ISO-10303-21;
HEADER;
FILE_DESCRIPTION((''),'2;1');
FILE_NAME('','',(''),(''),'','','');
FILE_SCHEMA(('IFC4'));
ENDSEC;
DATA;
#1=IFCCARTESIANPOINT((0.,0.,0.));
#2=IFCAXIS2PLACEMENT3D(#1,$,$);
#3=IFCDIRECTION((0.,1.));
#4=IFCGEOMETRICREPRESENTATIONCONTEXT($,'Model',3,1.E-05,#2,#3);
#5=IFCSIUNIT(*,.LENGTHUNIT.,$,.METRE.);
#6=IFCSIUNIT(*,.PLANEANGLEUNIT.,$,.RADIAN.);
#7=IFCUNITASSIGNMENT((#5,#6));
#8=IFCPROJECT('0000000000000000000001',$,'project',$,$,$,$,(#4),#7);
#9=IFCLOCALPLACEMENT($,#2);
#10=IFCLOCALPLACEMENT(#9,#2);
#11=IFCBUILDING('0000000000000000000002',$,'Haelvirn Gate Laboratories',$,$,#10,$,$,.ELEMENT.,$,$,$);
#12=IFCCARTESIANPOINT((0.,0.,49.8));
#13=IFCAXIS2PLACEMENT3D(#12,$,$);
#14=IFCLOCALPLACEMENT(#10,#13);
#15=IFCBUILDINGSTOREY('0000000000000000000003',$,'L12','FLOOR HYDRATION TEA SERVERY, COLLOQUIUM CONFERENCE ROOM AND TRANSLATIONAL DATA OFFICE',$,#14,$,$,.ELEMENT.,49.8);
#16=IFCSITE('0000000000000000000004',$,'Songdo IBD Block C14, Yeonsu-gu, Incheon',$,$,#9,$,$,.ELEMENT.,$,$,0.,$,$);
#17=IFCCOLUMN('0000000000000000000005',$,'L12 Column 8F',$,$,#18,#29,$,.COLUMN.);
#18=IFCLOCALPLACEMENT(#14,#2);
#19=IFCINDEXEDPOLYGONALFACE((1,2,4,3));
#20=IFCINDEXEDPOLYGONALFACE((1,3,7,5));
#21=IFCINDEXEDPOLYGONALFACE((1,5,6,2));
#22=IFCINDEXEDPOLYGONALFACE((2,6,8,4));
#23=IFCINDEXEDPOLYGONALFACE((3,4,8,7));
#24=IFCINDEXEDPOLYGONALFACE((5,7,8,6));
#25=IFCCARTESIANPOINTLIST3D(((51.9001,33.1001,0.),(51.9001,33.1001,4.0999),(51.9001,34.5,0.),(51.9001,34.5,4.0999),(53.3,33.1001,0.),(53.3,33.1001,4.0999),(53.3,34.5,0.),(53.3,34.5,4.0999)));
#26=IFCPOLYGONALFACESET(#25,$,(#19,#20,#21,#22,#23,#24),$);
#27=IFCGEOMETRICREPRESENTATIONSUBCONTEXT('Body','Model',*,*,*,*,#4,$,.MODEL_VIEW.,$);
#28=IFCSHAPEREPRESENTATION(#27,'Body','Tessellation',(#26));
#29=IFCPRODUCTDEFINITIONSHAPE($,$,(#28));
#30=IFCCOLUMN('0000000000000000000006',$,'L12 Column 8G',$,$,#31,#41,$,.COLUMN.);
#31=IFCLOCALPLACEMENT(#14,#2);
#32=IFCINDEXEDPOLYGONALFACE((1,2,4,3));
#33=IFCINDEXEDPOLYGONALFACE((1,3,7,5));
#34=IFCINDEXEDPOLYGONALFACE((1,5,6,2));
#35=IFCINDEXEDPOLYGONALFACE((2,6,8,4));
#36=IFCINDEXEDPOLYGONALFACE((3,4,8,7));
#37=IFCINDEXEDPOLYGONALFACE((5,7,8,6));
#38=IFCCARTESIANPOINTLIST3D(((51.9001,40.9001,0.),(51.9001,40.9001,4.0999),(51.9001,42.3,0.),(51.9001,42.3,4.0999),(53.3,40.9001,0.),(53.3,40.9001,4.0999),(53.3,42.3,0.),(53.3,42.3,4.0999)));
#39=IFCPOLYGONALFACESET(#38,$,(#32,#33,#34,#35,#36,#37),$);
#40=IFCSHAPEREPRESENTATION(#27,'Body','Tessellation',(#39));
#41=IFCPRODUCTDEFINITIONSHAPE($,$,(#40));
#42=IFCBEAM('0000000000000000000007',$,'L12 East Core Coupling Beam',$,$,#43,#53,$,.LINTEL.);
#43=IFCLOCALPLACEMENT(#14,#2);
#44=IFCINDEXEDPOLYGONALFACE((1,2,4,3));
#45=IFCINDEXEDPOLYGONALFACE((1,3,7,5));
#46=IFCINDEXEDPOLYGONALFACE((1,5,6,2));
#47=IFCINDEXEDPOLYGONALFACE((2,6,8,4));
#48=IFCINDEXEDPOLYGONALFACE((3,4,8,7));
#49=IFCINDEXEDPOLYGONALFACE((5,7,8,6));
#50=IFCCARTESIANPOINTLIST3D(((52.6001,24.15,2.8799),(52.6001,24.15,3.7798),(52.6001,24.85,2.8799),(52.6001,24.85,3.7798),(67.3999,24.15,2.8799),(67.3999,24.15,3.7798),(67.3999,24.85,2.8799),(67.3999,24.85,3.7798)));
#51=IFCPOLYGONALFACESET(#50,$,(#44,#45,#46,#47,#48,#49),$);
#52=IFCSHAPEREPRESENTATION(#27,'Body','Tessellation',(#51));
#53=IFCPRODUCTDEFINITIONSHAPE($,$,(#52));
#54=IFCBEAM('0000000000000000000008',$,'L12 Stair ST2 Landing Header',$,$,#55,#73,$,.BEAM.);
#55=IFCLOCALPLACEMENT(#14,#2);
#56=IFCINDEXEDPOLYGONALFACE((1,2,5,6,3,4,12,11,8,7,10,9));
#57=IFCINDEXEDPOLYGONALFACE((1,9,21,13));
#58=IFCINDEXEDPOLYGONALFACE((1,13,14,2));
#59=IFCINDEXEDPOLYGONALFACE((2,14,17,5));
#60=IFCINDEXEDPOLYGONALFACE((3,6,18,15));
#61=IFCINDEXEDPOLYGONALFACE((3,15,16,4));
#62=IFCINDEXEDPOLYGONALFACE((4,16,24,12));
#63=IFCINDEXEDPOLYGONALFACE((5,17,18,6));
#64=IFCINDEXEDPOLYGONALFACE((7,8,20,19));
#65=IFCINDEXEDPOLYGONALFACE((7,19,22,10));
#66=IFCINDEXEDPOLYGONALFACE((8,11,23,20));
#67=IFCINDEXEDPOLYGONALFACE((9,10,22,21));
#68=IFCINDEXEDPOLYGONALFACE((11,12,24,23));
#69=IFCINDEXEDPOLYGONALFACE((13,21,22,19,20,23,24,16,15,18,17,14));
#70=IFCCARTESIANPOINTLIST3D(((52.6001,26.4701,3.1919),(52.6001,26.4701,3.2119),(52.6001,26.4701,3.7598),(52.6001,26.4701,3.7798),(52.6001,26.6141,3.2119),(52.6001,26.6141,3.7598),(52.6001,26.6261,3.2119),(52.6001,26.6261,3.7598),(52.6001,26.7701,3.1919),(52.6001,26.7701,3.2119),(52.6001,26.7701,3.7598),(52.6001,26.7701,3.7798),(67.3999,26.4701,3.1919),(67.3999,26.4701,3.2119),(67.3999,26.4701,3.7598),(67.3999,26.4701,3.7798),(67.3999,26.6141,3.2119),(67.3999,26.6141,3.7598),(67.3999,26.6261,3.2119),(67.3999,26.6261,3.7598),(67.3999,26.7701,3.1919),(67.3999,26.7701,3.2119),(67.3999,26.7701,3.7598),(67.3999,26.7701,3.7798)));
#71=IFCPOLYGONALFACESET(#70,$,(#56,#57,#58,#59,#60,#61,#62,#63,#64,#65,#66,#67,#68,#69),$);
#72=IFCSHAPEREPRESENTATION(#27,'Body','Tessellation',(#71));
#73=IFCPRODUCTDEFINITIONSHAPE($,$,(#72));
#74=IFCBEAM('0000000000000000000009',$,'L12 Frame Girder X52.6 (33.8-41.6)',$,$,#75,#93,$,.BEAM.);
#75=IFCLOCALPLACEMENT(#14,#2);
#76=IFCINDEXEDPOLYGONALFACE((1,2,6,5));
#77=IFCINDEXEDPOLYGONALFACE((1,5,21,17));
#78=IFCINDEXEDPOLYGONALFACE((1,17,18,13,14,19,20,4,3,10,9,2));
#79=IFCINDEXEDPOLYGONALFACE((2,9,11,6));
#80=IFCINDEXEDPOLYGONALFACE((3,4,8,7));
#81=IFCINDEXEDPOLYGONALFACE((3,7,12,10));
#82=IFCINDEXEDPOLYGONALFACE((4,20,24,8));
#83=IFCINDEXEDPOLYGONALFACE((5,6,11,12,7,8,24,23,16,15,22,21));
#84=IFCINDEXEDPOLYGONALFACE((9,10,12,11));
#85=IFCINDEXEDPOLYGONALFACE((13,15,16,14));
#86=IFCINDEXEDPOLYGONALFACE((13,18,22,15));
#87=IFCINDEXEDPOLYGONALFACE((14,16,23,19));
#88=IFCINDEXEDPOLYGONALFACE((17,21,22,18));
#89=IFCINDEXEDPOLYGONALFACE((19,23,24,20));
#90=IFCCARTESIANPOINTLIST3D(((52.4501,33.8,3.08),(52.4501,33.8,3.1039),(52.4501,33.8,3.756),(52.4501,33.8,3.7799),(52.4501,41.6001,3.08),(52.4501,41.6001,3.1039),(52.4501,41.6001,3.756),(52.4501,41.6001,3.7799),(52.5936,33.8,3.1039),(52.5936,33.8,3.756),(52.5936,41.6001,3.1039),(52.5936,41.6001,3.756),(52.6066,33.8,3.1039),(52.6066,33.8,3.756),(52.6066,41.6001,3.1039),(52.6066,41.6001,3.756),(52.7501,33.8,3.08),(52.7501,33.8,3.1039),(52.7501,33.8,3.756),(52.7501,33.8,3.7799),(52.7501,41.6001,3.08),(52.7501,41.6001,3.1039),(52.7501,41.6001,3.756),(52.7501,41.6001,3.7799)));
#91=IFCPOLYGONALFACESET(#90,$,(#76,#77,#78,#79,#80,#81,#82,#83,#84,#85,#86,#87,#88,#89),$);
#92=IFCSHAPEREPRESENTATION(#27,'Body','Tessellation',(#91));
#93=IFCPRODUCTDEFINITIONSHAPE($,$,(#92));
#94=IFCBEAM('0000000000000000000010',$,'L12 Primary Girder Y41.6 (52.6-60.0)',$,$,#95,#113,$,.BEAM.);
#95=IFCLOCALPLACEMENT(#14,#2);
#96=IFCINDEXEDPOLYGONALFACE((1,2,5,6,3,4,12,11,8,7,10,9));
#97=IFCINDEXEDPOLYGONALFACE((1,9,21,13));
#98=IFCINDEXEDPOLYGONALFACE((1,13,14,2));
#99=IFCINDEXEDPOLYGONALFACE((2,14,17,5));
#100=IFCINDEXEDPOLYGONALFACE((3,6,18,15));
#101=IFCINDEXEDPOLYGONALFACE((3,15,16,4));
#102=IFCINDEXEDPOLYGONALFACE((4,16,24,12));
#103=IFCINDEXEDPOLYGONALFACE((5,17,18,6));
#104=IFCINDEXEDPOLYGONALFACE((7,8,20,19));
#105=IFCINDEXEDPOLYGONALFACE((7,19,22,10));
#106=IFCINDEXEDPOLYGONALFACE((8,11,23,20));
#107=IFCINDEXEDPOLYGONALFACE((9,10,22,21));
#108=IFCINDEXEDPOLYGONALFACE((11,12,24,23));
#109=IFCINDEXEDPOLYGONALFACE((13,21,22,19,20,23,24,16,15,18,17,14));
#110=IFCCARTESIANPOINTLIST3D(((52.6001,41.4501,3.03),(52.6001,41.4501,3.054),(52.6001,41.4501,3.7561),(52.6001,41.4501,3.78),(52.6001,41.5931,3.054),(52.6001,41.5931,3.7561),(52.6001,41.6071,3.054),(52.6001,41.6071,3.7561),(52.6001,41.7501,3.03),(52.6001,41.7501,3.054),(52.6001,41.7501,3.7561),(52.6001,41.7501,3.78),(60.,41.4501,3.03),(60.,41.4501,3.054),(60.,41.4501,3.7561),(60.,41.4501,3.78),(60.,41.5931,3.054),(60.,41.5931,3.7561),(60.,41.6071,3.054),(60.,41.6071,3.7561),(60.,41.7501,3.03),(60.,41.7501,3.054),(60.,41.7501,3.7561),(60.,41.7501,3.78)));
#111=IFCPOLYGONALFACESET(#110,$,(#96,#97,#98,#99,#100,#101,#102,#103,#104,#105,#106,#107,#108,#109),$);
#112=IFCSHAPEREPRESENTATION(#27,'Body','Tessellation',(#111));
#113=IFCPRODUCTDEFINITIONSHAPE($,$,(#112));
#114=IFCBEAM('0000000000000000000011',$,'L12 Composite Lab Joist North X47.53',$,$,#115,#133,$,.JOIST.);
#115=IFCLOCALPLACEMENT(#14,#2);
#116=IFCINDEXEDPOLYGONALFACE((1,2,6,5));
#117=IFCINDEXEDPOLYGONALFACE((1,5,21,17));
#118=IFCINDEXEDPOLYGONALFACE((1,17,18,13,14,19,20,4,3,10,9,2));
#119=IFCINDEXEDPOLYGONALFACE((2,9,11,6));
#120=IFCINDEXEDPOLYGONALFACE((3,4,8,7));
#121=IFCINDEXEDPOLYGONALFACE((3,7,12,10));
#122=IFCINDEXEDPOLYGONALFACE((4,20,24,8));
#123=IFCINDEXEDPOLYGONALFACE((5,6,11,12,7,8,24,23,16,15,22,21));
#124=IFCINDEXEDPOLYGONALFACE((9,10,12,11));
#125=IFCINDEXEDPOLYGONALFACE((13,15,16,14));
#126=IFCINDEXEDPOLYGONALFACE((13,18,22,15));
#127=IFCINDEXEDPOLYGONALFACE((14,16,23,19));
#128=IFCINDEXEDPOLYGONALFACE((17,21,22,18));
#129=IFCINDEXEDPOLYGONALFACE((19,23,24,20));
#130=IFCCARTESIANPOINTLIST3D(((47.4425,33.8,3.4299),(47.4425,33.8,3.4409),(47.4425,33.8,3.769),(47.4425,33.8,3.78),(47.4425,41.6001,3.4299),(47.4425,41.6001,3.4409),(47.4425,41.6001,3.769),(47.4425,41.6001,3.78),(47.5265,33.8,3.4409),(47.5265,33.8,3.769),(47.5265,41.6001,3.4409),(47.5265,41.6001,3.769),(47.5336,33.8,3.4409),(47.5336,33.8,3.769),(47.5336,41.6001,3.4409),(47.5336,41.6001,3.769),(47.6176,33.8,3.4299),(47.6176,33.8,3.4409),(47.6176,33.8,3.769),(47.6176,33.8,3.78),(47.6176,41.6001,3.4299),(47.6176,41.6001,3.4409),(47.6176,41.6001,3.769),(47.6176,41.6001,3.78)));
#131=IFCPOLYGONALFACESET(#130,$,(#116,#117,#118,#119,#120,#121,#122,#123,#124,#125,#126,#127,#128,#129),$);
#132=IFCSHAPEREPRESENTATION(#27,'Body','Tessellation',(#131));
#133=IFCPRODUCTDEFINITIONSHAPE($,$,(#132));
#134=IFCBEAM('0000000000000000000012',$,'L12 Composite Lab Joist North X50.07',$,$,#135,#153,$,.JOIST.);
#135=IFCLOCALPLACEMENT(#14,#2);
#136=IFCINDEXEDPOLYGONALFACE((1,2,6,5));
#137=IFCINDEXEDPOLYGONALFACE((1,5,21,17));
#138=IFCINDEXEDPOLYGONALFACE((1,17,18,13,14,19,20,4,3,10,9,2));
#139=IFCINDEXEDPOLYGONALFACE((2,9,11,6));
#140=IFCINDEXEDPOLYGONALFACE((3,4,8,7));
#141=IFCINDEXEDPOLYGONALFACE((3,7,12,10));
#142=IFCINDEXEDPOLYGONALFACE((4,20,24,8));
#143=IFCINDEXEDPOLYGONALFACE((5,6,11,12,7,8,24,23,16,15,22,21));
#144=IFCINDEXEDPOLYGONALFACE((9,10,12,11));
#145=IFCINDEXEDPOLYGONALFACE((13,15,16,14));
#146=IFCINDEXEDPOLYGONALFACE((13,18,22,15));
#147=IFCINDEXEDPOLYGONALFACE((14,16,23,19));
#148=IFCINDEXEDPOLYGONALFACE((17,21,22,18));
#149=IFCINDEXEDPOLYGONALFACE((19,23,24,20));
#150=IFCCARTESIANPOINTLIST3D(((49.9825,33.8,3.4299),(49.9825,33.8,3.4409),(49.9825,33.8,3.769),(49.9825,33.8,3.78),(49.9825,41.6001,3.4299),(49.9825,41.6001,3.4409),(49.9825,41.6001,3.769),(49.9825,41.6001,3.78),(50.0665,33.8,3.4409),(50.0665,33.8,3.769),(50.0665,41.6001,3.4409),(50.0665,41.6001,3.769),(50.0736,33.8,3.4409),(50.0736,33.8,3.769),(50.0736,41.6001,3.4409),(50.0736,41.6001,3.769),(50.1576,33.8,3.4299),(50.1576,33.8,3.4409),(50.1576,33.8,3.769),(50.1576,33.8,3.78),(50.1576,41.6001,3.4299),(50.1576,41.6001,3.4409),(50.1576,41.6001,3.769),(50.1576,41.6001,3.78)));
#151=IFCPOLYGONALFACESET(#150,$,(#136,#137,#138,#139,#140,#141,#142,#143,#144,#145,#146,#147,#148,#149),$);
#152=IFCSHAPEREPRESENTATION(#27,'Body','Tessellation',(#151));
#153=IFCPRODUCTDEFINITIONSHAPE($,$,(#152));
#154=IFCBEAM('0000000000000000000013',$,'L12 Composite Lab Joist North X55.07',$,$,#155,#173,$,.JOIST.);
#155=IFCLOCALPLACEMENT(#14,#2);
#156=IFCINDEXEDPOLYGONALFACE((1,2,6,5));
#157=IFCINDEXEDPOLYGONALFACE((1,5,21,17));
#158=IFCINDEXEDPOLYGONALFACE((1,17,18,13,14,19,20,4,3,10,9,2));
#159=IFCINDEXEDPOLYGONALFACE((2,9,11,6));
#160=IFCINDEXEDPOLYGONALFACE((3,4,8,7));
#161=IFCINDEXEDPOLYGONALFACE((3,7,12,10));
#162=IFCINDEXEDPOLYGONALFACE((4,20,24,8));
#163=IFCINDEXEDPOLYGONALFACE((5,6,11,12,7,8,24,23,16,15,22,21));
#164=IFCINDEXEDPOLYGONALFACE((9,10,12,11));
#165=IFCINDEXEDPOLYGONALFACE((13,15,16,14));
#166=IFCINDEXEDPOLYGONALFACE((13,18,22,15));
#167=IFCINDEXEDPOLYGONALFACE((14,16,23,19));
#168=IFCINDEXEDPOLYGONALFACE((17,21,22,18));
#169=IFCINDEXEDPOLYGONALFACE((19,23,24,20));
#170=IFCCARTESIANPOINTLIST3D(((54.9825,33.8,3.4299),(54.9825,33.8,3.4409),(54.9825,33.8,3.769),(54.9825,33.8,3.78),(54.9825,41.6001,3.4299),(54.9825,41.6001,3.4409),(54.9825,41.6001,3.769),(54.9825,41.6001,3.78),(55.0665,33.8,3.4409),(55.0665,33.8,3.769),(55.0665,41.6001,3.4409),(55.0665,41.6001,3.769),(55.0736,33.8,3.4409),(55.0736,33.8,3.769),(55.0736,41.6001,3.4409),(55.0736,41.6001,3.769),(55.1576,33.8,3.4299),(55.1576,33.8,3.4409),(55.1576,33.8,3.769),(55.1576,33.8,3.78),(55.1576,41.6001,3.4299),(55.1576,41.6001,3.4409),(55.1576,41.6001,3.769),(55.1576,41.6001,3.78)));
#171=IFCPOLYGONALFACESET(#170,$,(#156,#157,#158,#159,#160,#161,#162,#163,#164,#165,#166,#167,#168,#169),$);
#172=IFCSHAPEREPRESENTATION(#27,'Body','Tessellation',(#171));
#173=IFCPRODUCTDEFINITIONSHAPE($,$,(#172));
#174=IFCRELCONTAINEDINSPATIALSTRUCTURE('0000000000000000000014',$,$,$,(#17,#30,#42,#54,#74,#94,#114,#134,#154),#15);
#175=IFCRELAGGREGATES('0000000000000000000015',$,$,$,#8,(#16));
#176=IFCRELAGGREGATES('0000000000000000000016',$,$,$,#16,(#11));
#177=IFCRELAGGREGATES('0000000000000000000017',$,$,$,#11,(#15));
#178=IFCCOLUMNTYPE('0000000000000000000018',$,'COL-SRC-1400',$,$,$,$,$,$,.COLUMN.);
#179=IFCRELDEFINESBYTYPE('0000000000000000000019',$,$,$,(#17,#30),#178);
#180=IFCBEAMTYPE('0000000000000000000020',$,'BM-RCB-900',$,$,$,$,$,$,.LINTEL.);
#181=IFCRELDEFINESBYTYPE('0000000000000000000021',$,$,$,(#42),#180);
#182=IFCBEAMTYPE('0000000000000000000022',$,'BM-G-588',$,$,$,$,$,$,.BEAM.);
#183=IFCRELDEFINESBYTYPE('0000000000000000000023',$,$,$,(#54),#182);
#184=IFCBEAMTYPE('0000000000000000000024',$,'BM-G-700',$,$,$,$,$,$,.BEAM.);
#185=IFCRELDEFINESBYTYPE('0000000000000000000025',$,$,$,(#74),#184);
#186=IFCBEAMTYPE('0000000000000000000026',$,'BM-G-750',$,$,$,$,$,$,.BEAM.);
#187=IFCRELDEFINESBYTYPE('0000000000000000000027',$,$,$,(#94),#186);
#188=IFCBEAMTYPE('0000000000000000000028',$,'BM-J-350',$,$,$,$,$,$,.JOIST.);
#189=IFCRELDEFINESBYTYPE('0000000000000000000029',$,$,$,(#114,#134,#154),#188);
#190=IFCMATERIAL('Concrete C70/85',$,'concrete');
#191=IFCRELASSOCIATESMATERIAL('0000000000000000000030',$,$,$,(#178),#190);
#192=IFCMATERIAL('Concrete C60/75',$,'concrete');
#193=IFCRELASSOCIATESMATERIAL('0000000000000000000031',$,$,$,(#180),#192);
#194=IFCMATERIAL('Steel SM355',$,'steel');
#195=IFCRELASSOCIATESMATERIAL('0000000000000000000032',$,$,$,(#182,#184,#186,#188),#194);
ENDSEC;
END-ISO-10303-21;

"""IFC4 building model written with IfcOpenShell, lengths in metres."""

from ifc_helpers import new_model, si_unit, direction, frame, origin, origin_2d, place, context, subcontext, project, spatial, rectangle, i_section, extrude, source, transform, mapped, material, material_profile, profile_set, type_object, type_shapes, element, save


model = new_model("IFC4")

# Units and contexts
model_context = context("Model", 3, precision=1e-05, world=origin(), true_north=direction((0.0, 1.0)))
body_context = subcontext(model_context, "Body", "Model", "MODEL_VIEW")
ifc_project = project(units=[si_unit("LENGTHUNIT", "METRE"), si_unit("PLANEANGLEUNIT", "RADIAN")], contexts=[model_context])

# Site, building, storey
site_placement = place(None, origin())
site = spatial("IfcSite", under=ifc_project, at=site_placement, Name="Songdo IBD Block C14, Yeonsu-gu, Incheon", CompositionType="ELEMENT", RefElevation=0.0)
building_placement = place(site_placement, origin())
building = spatial("IfcBuilding", under=site, at=building_placement, Name="Haelvirn Gate Laboratories", CompositionType="ELEMENT")
storey_placement = place(building_placement, frame((0.0, 0.0, 49.8)))
storey = spatial("IfcBuildingStorey", under=building, at=storey_placement, Name="L12", Description="FLOOR HYDRATION TEA SERVERY, COLLOQUIUM CONFERENCE ROOM AND TRANSLATIONAL DATA OFFICE", CompositionType="ELEMENT", Elevation=49.8)

# Columns
ifc_material_1 = material(Name="Concrete C70/85", Category="concrete")
ifc_material_profile_1 = material_profile(ifc_material_1, rectangle(XDim=1.3999, YDim=1.3999, at=origin_2d()), Name="SRC-1400x1400")
ifc_profile_set_1 = profile_set([ifc_material_profile_1], Name="Concrete C70/85")
column_type = type_object("IfcColumnType", Name="COL-SRC-1400", PredefinedType="COLUMN", material=ifc_profile_set_1)
shared_shape_1 = source(origin(), body_context, "Body", "SweptSolid", [
    extrude(rectangle(XDim=1.3999, YDim=1.3999, at=origin_2d()), origin(), (0.0, 0.0, 1.0), 4.0999),
])
type_shapes(column_type, [shared_shape_1])
for number, where, z_axis, x_axis, name in (
    (1, (52.6001, 33.8, 0.0), (0.0, 0.0, 1.0), (1.0, 0.0, 0.0), "L12 Column 8F"),
    (2, (52.6001, 41.6001, 0.0), (0.0, 0.0, 1.0), (1.0, 0.0, 0.0), "L12 Column 8G"),
):
    element("IfcColumn", number, at=place(storey_placement, frame(where, z_axis=z_axis, x_axis=x_axis)), inside=storey, type_object=column_type, Name=name, PredefinedType="COLUMN", context=body_context, shape_type="MappedRepresentation", body=[
        mapped(shared_shape_1, transform((0.0, 0.0, 0.0), scale=1.0)),
    ])

# Beams
ifc_material_2 = material(Name="Concrete C60/75", Category="concrete")
ifc_material_profile_2 = material_profile(ifc_material_2, rectangle(XDim=0.7, YDim=0.8999, at=origin_2d()), Name="RCB-700x900")
ifc_profile_set_2 = profile_set([ifc_material_profile_2], Name="Concrete C60/75")
beam_type_1 = type_object("IfcBeamType", Name="BM-RCB-900", PredefinedType="LINTEL", material=ifc_profile_set_2)
shared_shape_2 = source(origin(), body_context, "Body", "SweptSolid", [
    extrude(rectangle(XDim=0.7, YDim=0.8999, at=origin_2d()), origin(), (0.0, 0.0, 1.0), 14.7998),
])
type_shapes(beam_type_1, [shared_shape_2])
beam_1_placement = place(storey_placement, frame((52.6001, 24.5, 3.3298), z_axis=(1.0, 0.0, 0.0), x_axis=(0.0, 1.0, 0.0)))
element("IfcBeam", 3, at=beam_1_placement, inside=storey, type_object=beam_type_1, Name="L12 East Core Coupling Beam", PredefinedType="LINTEL", context=body_context, shape_type="MappedRepresentation", body=[
    mapped(shared_shape_2, transform((0.0, 0.0, 0.0), scale=1.0)),
])
ifc_material_3 = material(Name="Steel SM355", Category="steel")
ifc_material_profile_3 = material_profile(ifc_material_3, i_section(OverallWidth=0.3, OverallDepth=0.5879, WebThickness=0.012, FlangeThickness=0.02, at=origin_2d()), Name="H-588x300x12x20")
ifc_profile_set_3 = profile_set([ifc_material_profile_3], Name="Steel SM355")
beam_type_2 = type_object("IfcBeamType", Name="BM-G-588", PredefinedType="BEAM", material=ifc_profile_set_3)
shared_shape_3 = source(origin(), body_context, "Body", "SweptSolid", [
    extrude(i_section(OverallWidth=0.3, OverallDepth=0.5879, WebThickness=0.012, FlangeThickness=0.02, at=origin_2d()), origin(), (0.0, 0.0, 1.0), 14.7998),
])
type_shapes(beam_type_2, [shared_shape_3])
beam_2_placement = place(storey_placement, frame((52.6001, 26.6201, 3.4858), z_axis=(1.0, 0.0, 0.0), x_axis=(0.0, 1.0, 0.0)))
element("IfcBeam", 4, at=beam_2_placement, inside=storey, type_object=beam_type_2, Name="L12 Stair ST2 Landing Header", PredefinedType="BEAM", context=body_context, shape_type="MappedRepresentation", body=[
    mapped(shared_shape_3, transform((0.0, 0.0, 0.0), scale=1.0)),
])
ifc_material_profile_4 = material_profile(ifc_material_3, i_section(OverallWidth=0.3, OverallDepth=0.7, WebThickness=0.0129, FlangeThickness=0.0239, at=origin_2d()), Name="H-700x300x13x24")
ifc_profile_set_4 = profile_set([ifc_material_profile_4], Name="Steel SM355")
beam_type_3 = type_object("IfcBeamType", Name="BM-G-700", PredefinedType="BEAM", material=ifc_profile_set_4)
shared_shape_4 = source(origin(), body_context, "Body", "SweptSolid", [
    extrude(i_section(OverallWidth=0.3, OverallDepth=0.7, WebThickness=0.0129, FlangeThickness=0.0239, at=origin_2d()), origin(), (0.0, 0.0, 1.0), 7.8),
])
type_shapes(beam_type_3, [shared_shape_4])
beam_3_placement = place(storey_placement, frame((52.6001, 33.8, 3.4299), z_axis=(0.0, 1.0, 0.0), x_axis=(-1.0, 0.0, 0.0)))
element("IfcBeam", 5, at=beam_3_placement, inside=storey, type_object=beam_type_3, Name="L12 Frame Girder X52.6 (33.8-41.6)", PredefinedType="BEAM", context=body_context, shape_type="MappedRepresentation", body=[
    mapped(shared_shape_4, transform((0.0, 0.0, 0.0), scale=1.0)),
])
ifc_material_profile_5 = material_profile(ifc_material_3, i_section(OverallWidth=0.3, OverallDepth=0.75, WebThickness=0.0139, FlangeThickness=0.0239, at=origin_2d()), Name="H-750x300x14x24")
ifc_profile_set_5 = profile_set([ifc_material_profile_5], Name="Steel SM355")
beam_type_4 = type_object("IfcBeamType", Name="BM-G-750", PredefinedType="BEAM", material=ifc_profile_set_5)
shared_shape_5 = source(origin(), body_context, "Body", "SweptSolid", [
    extrude(i_section(OverallWidth=0.3, OverallDepth=0.75, WebThickness=0.0139, FlangeThickness=0.0239, at=origin_2d()), origin(), (0.0, 0.0, 1.0), 7.3999),
])
type_shapes(beam_type_4, [shared_shape_5])
beam_4_placement = place(storey_placement, frame((52.6001, 41.6001, 3.405), z_axis=(1.0, 0.0, 0.0), x_axis=(0.0, 1.0, 0.0)))
element("IfcBeam", 6, at=beam_4_placement, inside=storey, type_object=beam_type_4, Name="L12 Primary Girder Y41.6 (52.6-60.0)", PredefinedType="BEAM", context=body_context, shape_type="MappedRepresentation", body=[
    mapped(shared_shape_5, transform((0.0, 0.0, 0.0), scale=1.0)),
])
ifc_material_profile_6 = material_profile(ifc_material_3, i_section(OverallWidth=0.175, OverallDepth=0.3501, WebThickness=0.0071, FlangeThickness=0.011, at=origin_2d()), Name="H-350x175x7x11")
ifc_profile_set_6 = profile_set([ifc_material_profile_6], Name="Steel SM355")
beam_type_5 = type_object("IfcBeamType", Name="BM-J-350", PredefinedType="JOIST", material=ifc_profile_set_6)
shared_shape_6 = source(origin(), body_context, "Body", "SweptSolid", [
    extrude(i_section(OverallWidth=0.175, OverallDepth=0.3501, WebThickness=0.0071, FlangeThickness=0.011, at=origin_2d()), origin(), (0.0, 0.0, 1.0), 7.8),
])
type_shapes(beam_type_5, [shared_shape_6])
for number, where, z_axis, x_axis, name in (
    (7, (47.53, 33.8, 3.605), (0.0, 1.0, 0.0), (-1.0, 0.0, 0.0), "L12 Composite Lab Joist North X47.53"),
    (8, (50.0701, 33.8, 3.605), (0.0, 1.0, 0.0), (-1.0, 0.0, 0.0), "L12 Composite Lab Joist North X50.07"),
    (9, (55.0701, 33.8, 3.605), (0.0, 1.0, 0.0), (-1.0, 0.0, 0.0), "L12 Composite Lab Joist North X55.07"),
):
    element("IfcBeam", number, at=place(storey_placement, frame(where, z_axis=z_axis, x_axis=x_axis)), inside=storey, type_object=beam_type_5, Name=name, PredefinedType="JOIST", context=body_context, shape_type="MappedRepresentation", body=[
        mapped(shared_shape_6, transform((0.0, 0.0, 0.0), scale=1.0)),
    ])

save(model, "model.ifc")
